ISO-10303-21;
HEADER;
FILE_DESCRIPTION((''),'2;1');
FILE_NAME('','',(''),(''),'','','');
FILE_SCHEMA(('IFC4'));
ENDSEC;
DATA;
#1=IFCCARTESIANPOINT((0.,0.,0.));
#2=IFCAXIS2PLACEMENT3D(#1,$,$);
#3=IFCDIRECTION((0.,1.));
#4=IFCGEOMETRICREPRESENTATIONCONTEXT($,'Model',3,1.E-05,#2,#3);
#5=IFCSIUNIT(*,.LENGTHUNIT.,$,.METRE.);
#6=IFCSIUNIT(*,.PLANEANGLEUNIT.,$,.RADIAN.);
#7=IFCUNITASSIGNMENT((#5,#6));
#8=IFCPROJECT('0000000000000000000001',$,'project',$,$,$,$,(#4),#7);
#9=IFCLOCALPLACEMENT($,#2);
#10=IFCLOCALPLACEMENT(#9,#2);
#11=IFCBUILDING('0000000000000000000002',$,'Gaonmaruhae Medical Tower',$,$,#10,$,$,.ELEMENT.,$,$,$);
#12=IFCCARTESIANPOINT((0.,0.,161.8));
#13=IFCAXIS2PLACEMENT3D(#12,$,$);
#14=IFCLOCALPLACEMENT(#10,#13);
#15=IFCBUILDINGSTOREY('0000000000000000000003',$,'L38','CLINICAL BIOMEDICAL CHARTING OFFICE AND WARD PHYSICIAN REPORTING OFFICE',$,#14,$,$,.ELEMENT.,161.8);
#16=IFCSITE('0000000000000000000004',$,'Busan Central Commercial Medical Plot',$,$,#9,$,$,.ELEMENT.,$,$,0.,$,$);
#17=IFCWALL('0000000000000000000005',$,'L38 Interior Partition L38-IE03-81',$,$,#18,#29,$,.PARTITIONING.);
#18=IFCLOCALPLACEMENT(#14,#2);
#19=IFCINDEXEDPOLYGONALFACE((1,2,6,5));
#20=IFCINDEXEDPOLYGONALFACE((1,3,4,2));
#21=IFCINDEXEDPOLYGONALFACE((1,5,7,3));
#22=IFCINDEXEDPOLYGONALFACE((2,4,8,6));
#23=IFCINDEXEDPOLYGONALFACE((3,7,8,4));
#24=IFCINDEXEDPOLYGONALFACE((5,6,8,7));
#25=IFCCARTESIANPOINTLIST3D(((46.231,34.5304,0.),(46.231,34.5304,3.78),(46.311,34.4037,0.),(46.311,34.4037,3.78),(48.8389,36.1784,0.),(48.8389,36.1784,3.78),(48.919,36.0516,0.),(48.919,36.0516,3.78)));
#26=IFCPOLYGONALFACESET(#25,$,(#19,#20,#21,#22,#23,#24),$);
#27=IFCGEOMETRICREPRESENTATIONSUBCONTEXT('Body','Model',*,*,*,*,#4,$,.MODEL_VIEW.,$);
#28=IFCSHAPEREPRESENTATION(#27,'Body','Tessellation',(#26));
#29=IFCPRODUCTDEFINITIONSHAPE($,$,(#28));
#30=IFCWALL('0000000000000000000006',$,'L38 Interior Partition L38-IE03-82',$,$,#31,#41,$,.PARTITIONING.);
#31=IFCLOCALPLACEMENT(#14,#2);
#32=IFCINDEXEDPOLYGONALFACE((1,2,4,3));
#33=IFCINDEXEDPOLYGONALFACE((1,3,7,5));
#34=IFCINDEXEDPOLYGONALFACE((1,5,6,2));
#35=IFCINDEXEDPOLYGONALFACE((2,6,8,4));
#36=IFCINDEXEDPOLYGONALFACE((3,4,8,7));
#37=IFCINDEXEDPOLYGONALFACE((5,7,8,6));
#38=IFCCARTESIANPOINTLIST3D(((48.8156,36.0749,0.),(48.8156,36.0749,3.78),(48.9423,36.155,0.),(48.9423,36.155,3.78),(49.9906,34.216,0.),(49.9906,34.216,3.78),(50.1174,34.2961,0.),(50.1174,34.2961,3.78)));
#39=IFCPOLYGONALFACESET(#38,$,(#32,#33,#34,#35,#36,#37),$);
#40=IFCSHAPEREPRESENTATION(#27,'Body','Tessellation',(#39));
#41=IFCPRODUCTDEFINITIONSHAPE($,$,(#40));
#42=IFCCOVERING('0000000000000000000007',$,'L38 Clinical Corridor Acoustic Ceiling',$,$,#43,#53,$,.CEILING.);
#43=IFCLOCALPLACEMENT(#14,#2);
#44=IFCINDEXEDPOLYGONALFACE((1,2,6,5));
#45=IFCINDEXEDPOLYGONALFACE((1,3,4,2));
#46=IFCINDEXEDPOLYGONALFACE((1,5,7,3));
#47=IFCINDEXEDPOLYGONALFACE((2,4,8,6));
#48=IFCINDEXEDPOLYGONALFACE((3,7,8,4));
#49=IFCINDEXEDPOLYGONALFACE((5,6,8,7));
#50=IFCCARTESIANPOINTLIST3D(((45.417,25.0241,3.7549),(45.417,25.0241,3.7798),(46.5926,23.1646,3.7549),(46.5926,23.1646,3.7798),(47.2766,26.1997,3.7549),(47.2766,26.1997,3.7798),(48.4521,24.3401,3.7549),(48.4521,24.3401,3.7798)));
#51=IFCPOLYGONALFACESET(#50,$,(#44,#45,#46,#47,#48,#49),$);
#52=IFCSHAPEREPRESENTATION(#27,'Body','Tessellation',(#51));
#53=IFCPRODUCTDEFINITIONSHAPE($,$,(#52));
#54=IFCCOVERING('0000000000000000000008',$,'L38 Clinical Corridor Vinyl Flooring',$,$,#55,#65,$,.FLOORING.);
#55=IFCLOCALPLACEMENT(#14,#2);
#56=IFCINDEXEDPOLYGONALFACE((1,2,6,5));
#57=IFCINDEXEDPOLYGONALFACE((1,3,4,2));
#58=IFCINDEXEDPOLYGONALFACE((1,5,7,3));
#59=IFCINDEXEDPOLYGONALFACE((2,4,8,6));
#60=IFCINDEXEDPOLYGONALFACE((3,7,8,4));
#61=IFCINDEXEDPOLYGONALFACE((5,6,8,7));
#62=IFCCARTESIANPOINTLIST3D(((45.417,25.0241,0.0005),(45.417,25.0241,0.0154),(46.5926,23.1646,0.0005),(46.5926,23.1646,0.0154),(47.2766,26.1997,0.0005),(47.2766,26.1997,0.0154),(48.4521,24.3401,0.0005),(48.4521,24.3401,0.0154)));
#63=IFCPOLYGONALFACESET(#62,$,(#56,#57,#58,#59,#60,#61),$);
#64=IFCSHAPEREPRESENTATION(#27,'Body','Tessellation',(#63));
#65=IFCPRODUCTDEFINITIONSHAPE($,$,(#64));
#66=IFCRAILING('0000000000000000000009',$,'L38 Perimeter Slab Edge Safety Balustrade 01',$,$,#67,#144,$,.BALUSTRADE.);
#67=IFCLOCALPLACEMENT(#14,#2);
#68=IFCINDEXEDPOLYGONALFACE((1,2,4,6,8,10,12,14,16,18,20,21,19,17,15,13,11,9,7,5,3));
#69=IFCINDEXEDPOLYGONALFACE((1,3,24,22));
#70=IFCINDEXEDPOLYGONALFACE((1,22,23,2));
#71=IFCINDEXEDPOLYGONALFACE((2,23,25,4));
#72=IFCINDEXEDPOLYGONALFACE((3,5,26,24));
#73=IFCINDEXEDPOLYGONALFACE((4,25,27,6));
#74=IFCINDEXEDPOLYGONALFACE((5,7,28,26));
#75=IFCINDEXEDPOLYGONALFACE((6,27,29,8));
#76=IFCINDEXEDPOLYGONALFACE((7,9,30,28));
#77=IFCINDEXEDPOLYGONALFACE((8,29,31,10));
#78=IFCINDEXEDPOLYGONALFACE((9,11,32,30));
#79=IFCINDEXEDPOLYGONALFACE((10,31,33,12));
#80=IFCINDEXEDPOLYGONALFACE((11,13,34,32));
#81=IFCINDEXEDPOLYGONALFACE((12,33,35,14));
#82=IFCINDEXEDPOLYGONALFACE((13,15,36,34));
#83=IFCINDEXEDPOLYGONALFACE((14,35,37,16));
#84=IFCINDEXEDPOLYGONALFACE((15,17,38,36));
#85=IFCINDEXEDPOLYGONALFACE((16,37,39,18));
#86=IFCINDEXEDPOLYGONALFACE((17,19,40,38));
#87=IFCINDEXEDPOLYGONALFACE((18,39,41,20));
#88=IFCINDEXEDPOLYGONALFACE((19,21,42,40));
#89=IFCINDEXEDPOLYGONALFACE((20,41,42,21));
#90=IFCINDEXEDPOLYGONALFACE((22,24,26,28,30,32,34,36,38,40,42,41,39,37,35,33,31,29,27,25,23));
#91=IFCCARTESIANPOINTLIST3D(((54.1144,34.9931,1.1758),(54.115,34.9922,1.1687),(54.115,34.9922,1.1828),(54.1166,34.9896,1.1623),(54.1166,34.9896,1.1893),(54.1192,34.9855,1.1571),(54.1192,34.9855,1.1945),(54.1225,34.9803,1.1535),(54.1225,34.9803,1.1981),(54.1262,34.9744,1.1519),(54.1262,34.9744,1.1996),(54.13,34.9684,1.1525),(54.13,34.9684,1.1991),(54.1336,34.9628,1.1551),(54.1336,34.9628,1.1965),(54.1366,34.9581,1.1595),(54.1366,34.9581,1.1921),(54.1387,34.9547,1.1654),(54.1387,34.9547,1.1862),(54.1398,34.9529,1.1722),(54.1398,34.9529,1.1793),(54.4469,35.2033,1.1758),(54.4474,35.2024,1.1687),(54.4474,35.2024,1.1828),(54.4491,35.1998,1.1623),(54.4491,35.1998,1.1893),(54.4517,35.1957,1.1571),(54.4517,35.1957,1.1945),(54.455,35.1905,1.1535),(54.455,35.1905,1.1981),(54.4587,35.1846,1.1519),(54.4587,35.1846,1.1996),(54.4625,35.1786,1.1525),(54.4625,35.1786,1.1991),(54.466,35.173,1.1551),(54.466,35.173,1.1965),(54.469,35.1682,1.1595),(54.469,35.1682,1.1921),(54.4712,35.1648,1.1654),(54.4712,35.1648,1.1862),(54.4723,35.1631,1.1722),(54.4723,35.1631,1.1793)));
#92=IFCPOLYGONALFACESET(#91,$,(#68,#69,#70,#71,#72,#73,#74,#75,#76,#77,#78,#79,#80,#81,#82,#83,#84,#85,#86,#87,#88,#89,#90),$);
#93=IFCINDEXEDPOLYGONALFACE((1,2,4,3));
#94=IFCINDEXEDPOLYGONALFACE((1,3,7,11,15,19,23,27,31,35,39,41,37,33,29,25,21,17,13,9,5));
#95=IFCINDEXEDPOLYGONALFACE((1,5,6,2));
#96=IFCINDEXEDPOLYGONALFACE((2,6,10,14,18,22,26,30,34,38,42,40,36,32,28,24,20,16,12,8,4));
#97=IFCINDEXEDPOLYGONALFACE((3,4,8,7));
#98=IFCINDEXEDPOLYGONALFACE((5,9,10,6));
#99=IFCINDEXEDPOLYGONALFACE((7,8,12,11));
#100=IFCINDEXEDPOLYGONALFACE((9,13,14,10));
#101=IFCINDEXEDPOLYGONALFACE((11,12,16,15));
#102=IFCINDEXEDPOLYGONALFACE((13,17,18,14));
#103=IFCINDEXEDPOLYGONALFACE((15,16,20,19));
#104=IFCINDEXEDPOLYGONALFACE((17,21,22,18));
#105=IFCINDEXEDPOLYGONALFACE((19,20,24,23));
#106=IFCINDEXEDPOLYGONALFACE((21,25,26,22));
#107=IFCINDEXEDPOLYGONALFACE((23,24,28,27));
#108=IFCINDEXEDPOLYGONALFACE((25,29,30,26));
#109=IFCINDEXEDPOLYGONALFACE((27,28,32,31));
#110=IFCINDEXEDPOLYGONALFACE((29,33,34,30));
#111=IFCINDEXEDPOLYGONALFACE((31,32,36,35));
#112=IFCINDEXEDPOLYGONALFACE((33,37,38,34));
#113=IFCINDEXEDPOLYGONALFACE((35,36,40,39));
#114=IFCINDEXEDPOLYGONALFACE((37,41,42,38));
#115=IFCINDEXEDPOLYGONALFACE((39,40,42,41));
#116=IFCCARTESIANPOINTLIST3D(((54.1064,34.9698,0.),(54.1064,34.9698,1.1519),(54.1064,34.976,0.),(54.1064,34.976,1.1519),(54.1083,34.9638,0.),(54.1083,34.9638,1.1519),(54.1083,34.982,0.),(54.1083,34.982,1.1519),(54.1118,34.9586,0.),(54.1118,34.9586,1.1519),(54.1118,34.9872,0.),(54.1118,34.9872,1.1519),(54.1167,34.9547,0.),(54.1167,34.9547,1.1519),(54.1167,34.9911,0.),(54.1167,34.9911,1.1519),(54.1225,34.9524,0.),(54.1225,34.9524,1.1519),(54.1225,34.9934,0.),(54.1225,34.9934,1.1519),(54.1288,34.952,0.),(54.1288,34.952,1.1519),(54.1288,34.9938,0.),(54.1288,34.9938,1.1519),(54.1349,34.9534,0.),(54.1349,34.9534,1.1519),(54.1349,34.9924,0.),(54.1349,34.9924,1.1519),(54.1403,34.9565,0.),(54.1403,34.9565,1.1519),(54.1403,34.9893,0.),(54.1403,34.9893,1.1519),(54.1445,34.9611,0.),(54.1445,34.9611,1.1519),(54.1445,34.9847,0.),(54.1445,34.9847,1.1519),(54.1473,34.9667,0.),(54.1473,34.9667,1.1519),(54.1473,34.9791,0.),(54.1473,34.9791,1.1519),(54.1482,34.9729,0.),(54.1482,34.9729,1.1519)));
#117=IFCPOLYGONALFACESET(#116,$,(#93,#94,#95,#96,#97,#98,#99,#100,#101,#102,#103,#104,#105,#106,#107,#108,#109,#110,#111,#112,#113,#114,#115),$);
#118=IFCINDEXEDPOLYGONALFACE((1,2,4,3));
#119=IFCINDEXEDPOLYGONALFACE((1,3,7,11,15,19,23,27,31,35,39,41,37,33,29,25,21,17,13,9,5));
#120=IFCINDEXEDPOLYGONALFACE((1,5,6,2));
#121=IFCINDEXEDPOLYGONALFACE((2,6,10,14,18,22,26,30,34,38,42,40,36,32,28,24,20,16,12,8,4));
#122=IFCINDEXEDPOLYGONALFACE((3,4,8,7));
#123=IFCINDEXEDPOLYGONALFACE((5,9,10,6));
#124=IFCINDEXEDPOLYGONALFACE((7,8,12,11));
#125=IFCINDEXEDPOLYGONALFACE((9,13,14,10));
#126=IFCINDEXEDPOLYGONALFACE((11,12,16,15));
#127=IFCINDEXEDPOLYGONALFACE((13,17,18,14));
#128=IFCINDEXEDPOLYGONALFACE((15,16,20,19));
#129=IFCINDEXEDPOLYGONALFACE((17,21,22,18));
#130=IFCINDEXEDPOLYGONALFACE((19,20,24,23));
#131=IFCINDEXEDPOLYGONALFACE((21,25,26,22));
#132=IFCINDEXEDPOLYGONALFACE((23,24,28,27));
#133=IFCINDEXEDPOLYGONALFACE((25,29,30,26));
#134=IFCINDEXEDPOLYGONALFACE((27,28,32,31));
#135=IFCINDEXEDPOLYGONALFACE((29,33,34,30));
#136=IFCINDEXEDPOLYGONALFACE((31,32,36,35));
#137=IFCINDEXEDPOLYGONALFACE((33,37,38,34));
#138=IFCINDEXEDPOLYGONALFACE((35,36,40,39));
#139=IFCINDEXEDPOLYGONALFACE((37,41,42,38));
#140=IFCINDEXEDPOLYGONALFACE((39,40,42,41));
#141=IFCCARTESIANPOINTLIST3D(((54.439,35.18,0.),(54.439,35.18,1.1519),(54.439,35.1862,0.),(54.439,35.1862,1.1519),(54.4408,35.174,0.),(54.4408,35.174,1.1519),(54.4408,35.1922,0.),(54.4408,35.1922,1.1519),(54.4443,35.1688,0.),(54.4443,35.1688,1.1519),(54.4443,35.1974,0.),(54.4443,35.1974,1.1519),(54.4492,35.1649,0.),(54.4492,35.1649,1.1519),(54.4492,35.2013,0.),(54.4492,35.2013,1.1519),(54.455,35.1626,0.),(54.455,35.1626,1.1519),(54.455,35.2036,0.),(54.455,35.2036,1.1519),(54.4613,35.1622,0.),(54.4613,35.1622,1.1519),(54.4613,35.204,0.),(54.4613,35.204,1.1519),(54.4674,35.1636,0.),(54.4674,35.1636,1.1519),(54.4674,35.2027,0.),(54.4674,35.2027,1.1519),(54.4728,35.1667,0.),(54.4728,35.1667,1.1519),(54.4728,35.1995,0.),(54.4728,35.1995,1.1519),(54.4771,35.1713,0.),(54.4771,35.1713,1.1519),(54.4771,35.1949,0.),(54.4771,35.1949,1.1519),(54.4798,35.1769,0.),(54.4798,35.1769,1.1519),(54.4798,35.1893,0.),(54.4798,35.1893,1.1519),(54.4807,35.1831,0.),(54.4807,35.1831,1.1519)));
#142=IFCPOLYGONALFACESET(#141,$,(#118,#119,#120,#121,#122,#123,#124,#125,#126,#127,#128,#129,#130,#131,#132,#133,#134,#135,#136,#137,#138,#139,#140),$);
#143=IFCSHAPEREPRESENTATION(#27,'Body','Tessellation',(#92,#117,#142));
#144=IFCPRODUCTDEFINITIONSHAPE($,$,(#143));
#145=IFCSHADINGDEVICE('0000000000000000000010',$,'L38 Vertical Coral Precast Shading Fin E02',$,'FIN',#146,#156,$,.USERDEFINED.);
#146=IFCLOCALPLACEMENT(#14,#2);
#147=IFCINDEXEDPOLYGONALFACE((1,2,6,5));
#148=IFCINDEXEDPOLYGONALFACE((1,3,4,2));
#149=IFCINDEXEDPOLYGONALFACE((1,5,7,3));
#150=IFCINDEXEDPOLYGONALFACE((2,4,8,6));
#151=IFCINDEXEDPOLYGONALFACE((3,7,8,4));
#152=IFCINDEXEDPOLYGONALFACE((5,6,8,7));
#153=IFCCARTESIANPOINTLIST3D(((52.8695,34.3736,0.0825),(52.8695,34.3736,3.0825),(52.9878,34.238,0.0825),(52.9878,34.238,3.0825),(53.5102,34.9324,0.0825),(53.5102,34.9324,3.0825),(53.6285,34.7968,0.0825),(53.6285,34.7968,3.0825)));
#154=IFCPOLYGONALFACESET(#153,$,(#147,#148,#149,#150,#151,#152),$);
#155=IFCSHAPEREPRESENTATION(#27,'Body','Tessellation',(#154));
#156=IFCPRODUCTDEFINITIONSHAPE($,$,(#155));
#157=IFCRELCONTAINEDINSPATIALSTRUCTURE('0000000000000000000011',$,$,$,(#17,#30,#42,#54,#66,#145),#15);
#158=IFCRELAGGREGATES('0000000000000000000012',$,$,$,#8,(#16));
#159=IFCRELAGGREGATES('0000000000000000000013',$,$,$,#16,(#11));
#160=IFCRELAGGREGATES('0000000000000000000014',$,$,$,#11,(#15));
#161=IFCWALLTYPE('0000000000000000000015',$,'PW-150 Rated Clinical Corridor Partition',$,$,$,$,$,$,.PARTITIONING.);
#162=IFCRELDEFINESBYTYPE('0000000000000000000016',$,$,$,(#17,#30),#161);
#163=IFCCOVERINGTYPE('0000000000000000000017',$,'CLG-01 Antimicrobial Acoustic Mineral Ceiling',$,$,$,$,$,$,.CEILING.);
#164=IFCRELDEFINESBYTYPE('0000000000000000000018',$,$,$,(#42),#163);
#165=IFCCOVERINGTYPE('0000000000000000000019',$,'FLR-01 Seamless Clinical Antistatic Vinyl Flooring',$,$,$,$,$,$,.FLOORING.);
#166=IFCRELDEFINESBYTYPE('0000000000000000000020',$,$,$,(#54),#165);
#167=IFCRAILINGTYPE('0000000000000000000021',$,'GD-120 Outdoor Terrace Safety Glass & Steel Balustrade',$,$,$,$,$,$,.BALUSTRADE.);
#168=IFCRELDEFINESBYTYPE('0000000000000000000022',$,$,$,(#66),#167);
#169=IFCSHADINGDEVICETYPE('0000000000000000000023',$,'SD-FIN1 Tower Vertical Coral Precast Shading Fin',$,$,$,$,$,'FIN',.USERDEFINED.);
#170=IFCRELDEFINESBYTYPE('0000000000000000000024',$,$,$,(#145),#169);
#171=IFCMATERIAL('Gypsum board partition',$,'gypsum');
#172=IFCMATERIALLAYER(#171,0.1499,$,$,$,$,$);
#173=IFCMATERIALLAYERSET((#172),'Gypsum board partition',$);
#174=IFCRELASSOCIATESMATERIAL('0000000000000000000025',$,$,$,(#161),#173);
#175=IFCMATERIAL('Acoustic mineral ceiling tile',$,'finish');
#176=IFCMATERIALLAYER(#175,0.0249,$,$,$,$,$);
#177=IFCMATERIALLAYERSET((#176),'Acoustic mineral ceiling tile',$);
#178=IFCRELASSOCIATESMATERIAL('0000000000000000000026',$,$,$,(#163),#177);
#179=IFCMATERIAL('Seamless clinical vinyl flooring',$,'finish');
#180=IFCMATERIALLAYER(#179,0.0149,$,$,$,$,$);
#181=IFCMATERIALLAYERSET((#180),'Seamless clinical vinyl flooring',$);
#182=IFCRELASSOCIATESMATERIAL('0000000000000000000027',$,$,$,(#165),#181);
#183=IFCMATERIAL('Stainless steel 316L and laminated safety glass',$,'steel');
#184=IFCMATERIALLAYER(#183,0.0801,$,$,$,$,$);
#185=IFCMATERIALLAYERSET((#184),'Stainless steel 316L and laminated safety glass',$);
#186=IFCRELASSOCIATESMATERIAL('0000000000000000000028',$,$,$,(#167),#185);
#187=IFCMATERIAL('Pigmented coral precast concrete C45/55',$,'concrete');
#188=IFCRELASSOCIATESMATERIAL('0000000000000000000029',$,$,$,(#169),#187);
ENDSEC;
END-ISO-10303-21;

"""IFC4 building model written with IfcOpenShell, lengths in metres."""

from ifc_helpers import new_model, si_unit, direction, frame, frame_2d, origin, origin_2d, place, context, subcontext, project, spatial, rectangle, circle, extrude, material, layer, layer_set, type_object, element, save


model = new_model("IFC4")

# Units and contexts
model_context = context("Model", 3, precision=1e-05, world=origin(), true_north=direction((0.0, 1.0)))
body_context = subcontext(model_context, "Body", "Model", "MODEL_VIEW")
ifc_project = project(units=[si_unit("LENGTHUNIT", "METRE"), si_unit("PLANEANGLEUNIT", "RADIAN")], contexts=[model_context])

# Site, building, storey
site_placement = place(None, origin())
site = spatial("IfcSite", under=ifc_project, at=site_placement, Name="Busan Central Commercial Medical Plot", CompositionType="ELEMENT", RefElevation=0.0)
building_placement = place(site_placement, origin())
building = spatial("IfcBuilding", under=site, at=building_placement, Name="Gaonmaruhae Medical Tower", CompositionType="ELEMENT")
storey_placement = place(building_placement, frame((0.0, 0.0, 161.8)))
storey = spatial("IfcBuildingStorey", under=building, at=storey_placement, Name="L38", Description="CLINICAL BIOMEDICAL CHARTING OFFICE AND WARD PHYSICIAN REPORTING OFFICE", CompositionType="ELEMENT", Elevation=161.8)

# Shared definitions
ifc_material_1 = material(Name="Gypsum board partition", Category="gypsum")
ifc_layer_1 = layer(ifc_material_1, 0.1499)
ifc_layer_set_1 = layer_set([ifc_layer_1], Name="Gypsum board partition")
wall_type_1 = type_object("IfcWallType", Name="PW-150 Rated Clinical Corridor Partition", PredefinedType="PARTITIONING", material=ifc_layer_set_1)

# Walls
wall_1_placement = place(storey_placement, frame((46.271, 34.467, 0.0), z_axis=(0.0, 0.0, 1.0), x_axis=(0.845365, 0.534189, 0.0)))
element("IfcWall", 1, at=wall_1_placement, inside=storey, type_object=wall_type_1, Name="L38 Interior Partition L38-IE03-81", PredefinedType="PARTITIONING", context=body_context, shape_type="SweptSolid", body=[
    extrude(rectangle(XDim=3.085, YDim=0.1499, at=frame_2d((1.5425, 0.0))), origin(), (0.0, 0.0, 1.0), 3.78),
])
wall_2_placement = place(storey_placement, frame((48.8789, 36.115, 0.0), z_axis=(0.0, 0.0, 1.0), x_axis=(0.534323, -0.84528, 0.0)))
element("IfcWall", 2, at=wall_2_placement, inside=storey, type_object=wall_type_1, Name="L38 Interior Partition L38-IE03-82", PredefinedType="PARTITIONING", context=body_context, shape_type="SweptSolid", body=[
    extrude(rectangle(XDim=2.1992, YDim=0.1499, at=frame_2d((1.0996, 0.0))), origin(), (0.0, 0.0, 1.0), 3.78),
])

# Coverings
ifc_material_2 = material(Name="Acoustic mineral ceiling tile", Category="finish")
ifc_layer_2 = layer(ifc_material_2, 0.0249)
ifc_layer_set_2 = layer_set([ifc_layer_2], Name="Acoustic mineral ceiling tile")
covering_type_1 = type_object("IfcCoveringType", Name="CLG-01 Antimicrobial Acoustic Mineral Ceiling", PredefinedType="CEILING", material=ifc_layer_set_2)
covering_1_placement = place(storey_placement, frame((46.9346, 24.6821, 3.7549), z_axis=(0.0, 0.0, 1.0), x_axis=(0.845262, 0.534352, 0.0)))
element("IfcCovering", 3, at=covering_1_placement, inside=storey, type_object=covering_type_1, Name="L38 Clinical Corridor Acoustic Ceiling", PredefinedType="CEILING", context=body_context, shape_type="SweptSolid", body=[
    extrude(rectangle(XDim=2.2, YDim=2.2, at=origin_2d()), origin(), (0.0, 0.0, 1.0), 0.0249),
])
ifc_material_3 = material(Name="Seamless clinical vinyl flooring", Category="finish")
ifc_layer_3 = layer(ifc_material_3, 0.0149)
ifc_layer_set_3 = layer_set([ifc_layer_3], Name="Seamless clinical vinyl flooring")
covering_type_2 = type_object("IfcCoveringType", Name="FLR-01 Seamless Clinical Antistatic Vinyl Flooring", PredefinedType="FLOORING", material=ifc_layer_set_3)
covering_2_placement = place(storey_placement, frame((46.9346, 24.6821, 0.0005), z_axis=(0.0, 0.0, 1.0), x_axis=(0.845262, 0.534352, 0.0)))
element("IfcCovering", 4, at=covering_2_placement, inside=storey, type_object=covering_type_2, Name="L38 Clinical Corridor Vinyl Flooring", PredefinedType="FLOORING", context=body_context, shape_type="SweptSolid", body=[
    extrude(rectangle(XDim=2.2, YDim=2.2, at=origin_2d()), origin(), (0.0, 0.0, 1.0), 0.0149),
])

# Railing
ifc_material_4 = material(Name="Stainless steel 316L and laminated safety glass", Category="steel")
ifc_layer_4 = layer(ifc_material_4, 0.0801)
ifc_layer_set_4 = layer_set([ifc_layer_4], Name="Stainless steel 316L and laminated safety glass")
railing_type = type_object("IfcRailingType", Name="GD-120 Outdoor Terrace Safety Glass & Steel Balustrade", PredefinedType="BALUSTRADE", material=ifc_layer_set_4)
railing_placement = place(storey_placement, frame((54.1272, 34.9729, 0.0)))
element("IfcRailing", 5, at=railing_placement, inside=storey, type_object=railing_type, Name="L38 Perimeter Slab Edge Safety Balustrade 01", PredefinedType="BALUSTRADE", context=body_context, shape_type="SweptSolid", body=[
    extrude(circle(Radius=0.0239, at=origin_2d()), frame((0.0, 0.0, 1.1758), z_axis=(0.845268, 0.534343, 0.0), x_axis=(-0.534343, 0.845268, 0.0)), (0.0, 0.0, 1.0), 0.3933),
    extrude(circle(Radius=0.021, at=origin_2d()), origin(), (0.0, 0.0, 1.0), 1.1519),
    extrude(circle(Radius=0.021, at=origin_2d()), frame((0.3325, 0.2102, 0.0)), (0.0, 0.0, 1.0), 1.1519),
])

# Shading device
ifc_material_5 = material(Name="Pigmented coral precast concrete C45/55", Category="concrete")
shading_device_type = type_object("IfcShadingDeviceType", Name="SD-FIN1 Tower Vertical Coral Precast Shading Fin", ElementType="FIN", PredefinedType="USERDEFINED", material=ifc_material_5)
shading_device_placement = place(storey_placement, frame((53.249, 34.5852, 0.0825), z_axis=(0.0, 0.0, 1.0), x_axis=(0.657244, -0.753678, 0.0)))
element("IfcShadingDevice", 6, at=shading_device_placement, inside=storey, type_object=shading_device_type, Name="L38 Vertical Coral Precast Shading Fin E02", ObjectType="FIN", PredefinedType="USERDEFINED", context=body_context, shape_type="SweptSolid", body=[
    extrude(rectangle(XDim=0.1799, YDim=0.8501, at=origin_2d()), origin(), (0.0, 0.0, 1.0), 3.0),
])

save(model, "model.ifc")
